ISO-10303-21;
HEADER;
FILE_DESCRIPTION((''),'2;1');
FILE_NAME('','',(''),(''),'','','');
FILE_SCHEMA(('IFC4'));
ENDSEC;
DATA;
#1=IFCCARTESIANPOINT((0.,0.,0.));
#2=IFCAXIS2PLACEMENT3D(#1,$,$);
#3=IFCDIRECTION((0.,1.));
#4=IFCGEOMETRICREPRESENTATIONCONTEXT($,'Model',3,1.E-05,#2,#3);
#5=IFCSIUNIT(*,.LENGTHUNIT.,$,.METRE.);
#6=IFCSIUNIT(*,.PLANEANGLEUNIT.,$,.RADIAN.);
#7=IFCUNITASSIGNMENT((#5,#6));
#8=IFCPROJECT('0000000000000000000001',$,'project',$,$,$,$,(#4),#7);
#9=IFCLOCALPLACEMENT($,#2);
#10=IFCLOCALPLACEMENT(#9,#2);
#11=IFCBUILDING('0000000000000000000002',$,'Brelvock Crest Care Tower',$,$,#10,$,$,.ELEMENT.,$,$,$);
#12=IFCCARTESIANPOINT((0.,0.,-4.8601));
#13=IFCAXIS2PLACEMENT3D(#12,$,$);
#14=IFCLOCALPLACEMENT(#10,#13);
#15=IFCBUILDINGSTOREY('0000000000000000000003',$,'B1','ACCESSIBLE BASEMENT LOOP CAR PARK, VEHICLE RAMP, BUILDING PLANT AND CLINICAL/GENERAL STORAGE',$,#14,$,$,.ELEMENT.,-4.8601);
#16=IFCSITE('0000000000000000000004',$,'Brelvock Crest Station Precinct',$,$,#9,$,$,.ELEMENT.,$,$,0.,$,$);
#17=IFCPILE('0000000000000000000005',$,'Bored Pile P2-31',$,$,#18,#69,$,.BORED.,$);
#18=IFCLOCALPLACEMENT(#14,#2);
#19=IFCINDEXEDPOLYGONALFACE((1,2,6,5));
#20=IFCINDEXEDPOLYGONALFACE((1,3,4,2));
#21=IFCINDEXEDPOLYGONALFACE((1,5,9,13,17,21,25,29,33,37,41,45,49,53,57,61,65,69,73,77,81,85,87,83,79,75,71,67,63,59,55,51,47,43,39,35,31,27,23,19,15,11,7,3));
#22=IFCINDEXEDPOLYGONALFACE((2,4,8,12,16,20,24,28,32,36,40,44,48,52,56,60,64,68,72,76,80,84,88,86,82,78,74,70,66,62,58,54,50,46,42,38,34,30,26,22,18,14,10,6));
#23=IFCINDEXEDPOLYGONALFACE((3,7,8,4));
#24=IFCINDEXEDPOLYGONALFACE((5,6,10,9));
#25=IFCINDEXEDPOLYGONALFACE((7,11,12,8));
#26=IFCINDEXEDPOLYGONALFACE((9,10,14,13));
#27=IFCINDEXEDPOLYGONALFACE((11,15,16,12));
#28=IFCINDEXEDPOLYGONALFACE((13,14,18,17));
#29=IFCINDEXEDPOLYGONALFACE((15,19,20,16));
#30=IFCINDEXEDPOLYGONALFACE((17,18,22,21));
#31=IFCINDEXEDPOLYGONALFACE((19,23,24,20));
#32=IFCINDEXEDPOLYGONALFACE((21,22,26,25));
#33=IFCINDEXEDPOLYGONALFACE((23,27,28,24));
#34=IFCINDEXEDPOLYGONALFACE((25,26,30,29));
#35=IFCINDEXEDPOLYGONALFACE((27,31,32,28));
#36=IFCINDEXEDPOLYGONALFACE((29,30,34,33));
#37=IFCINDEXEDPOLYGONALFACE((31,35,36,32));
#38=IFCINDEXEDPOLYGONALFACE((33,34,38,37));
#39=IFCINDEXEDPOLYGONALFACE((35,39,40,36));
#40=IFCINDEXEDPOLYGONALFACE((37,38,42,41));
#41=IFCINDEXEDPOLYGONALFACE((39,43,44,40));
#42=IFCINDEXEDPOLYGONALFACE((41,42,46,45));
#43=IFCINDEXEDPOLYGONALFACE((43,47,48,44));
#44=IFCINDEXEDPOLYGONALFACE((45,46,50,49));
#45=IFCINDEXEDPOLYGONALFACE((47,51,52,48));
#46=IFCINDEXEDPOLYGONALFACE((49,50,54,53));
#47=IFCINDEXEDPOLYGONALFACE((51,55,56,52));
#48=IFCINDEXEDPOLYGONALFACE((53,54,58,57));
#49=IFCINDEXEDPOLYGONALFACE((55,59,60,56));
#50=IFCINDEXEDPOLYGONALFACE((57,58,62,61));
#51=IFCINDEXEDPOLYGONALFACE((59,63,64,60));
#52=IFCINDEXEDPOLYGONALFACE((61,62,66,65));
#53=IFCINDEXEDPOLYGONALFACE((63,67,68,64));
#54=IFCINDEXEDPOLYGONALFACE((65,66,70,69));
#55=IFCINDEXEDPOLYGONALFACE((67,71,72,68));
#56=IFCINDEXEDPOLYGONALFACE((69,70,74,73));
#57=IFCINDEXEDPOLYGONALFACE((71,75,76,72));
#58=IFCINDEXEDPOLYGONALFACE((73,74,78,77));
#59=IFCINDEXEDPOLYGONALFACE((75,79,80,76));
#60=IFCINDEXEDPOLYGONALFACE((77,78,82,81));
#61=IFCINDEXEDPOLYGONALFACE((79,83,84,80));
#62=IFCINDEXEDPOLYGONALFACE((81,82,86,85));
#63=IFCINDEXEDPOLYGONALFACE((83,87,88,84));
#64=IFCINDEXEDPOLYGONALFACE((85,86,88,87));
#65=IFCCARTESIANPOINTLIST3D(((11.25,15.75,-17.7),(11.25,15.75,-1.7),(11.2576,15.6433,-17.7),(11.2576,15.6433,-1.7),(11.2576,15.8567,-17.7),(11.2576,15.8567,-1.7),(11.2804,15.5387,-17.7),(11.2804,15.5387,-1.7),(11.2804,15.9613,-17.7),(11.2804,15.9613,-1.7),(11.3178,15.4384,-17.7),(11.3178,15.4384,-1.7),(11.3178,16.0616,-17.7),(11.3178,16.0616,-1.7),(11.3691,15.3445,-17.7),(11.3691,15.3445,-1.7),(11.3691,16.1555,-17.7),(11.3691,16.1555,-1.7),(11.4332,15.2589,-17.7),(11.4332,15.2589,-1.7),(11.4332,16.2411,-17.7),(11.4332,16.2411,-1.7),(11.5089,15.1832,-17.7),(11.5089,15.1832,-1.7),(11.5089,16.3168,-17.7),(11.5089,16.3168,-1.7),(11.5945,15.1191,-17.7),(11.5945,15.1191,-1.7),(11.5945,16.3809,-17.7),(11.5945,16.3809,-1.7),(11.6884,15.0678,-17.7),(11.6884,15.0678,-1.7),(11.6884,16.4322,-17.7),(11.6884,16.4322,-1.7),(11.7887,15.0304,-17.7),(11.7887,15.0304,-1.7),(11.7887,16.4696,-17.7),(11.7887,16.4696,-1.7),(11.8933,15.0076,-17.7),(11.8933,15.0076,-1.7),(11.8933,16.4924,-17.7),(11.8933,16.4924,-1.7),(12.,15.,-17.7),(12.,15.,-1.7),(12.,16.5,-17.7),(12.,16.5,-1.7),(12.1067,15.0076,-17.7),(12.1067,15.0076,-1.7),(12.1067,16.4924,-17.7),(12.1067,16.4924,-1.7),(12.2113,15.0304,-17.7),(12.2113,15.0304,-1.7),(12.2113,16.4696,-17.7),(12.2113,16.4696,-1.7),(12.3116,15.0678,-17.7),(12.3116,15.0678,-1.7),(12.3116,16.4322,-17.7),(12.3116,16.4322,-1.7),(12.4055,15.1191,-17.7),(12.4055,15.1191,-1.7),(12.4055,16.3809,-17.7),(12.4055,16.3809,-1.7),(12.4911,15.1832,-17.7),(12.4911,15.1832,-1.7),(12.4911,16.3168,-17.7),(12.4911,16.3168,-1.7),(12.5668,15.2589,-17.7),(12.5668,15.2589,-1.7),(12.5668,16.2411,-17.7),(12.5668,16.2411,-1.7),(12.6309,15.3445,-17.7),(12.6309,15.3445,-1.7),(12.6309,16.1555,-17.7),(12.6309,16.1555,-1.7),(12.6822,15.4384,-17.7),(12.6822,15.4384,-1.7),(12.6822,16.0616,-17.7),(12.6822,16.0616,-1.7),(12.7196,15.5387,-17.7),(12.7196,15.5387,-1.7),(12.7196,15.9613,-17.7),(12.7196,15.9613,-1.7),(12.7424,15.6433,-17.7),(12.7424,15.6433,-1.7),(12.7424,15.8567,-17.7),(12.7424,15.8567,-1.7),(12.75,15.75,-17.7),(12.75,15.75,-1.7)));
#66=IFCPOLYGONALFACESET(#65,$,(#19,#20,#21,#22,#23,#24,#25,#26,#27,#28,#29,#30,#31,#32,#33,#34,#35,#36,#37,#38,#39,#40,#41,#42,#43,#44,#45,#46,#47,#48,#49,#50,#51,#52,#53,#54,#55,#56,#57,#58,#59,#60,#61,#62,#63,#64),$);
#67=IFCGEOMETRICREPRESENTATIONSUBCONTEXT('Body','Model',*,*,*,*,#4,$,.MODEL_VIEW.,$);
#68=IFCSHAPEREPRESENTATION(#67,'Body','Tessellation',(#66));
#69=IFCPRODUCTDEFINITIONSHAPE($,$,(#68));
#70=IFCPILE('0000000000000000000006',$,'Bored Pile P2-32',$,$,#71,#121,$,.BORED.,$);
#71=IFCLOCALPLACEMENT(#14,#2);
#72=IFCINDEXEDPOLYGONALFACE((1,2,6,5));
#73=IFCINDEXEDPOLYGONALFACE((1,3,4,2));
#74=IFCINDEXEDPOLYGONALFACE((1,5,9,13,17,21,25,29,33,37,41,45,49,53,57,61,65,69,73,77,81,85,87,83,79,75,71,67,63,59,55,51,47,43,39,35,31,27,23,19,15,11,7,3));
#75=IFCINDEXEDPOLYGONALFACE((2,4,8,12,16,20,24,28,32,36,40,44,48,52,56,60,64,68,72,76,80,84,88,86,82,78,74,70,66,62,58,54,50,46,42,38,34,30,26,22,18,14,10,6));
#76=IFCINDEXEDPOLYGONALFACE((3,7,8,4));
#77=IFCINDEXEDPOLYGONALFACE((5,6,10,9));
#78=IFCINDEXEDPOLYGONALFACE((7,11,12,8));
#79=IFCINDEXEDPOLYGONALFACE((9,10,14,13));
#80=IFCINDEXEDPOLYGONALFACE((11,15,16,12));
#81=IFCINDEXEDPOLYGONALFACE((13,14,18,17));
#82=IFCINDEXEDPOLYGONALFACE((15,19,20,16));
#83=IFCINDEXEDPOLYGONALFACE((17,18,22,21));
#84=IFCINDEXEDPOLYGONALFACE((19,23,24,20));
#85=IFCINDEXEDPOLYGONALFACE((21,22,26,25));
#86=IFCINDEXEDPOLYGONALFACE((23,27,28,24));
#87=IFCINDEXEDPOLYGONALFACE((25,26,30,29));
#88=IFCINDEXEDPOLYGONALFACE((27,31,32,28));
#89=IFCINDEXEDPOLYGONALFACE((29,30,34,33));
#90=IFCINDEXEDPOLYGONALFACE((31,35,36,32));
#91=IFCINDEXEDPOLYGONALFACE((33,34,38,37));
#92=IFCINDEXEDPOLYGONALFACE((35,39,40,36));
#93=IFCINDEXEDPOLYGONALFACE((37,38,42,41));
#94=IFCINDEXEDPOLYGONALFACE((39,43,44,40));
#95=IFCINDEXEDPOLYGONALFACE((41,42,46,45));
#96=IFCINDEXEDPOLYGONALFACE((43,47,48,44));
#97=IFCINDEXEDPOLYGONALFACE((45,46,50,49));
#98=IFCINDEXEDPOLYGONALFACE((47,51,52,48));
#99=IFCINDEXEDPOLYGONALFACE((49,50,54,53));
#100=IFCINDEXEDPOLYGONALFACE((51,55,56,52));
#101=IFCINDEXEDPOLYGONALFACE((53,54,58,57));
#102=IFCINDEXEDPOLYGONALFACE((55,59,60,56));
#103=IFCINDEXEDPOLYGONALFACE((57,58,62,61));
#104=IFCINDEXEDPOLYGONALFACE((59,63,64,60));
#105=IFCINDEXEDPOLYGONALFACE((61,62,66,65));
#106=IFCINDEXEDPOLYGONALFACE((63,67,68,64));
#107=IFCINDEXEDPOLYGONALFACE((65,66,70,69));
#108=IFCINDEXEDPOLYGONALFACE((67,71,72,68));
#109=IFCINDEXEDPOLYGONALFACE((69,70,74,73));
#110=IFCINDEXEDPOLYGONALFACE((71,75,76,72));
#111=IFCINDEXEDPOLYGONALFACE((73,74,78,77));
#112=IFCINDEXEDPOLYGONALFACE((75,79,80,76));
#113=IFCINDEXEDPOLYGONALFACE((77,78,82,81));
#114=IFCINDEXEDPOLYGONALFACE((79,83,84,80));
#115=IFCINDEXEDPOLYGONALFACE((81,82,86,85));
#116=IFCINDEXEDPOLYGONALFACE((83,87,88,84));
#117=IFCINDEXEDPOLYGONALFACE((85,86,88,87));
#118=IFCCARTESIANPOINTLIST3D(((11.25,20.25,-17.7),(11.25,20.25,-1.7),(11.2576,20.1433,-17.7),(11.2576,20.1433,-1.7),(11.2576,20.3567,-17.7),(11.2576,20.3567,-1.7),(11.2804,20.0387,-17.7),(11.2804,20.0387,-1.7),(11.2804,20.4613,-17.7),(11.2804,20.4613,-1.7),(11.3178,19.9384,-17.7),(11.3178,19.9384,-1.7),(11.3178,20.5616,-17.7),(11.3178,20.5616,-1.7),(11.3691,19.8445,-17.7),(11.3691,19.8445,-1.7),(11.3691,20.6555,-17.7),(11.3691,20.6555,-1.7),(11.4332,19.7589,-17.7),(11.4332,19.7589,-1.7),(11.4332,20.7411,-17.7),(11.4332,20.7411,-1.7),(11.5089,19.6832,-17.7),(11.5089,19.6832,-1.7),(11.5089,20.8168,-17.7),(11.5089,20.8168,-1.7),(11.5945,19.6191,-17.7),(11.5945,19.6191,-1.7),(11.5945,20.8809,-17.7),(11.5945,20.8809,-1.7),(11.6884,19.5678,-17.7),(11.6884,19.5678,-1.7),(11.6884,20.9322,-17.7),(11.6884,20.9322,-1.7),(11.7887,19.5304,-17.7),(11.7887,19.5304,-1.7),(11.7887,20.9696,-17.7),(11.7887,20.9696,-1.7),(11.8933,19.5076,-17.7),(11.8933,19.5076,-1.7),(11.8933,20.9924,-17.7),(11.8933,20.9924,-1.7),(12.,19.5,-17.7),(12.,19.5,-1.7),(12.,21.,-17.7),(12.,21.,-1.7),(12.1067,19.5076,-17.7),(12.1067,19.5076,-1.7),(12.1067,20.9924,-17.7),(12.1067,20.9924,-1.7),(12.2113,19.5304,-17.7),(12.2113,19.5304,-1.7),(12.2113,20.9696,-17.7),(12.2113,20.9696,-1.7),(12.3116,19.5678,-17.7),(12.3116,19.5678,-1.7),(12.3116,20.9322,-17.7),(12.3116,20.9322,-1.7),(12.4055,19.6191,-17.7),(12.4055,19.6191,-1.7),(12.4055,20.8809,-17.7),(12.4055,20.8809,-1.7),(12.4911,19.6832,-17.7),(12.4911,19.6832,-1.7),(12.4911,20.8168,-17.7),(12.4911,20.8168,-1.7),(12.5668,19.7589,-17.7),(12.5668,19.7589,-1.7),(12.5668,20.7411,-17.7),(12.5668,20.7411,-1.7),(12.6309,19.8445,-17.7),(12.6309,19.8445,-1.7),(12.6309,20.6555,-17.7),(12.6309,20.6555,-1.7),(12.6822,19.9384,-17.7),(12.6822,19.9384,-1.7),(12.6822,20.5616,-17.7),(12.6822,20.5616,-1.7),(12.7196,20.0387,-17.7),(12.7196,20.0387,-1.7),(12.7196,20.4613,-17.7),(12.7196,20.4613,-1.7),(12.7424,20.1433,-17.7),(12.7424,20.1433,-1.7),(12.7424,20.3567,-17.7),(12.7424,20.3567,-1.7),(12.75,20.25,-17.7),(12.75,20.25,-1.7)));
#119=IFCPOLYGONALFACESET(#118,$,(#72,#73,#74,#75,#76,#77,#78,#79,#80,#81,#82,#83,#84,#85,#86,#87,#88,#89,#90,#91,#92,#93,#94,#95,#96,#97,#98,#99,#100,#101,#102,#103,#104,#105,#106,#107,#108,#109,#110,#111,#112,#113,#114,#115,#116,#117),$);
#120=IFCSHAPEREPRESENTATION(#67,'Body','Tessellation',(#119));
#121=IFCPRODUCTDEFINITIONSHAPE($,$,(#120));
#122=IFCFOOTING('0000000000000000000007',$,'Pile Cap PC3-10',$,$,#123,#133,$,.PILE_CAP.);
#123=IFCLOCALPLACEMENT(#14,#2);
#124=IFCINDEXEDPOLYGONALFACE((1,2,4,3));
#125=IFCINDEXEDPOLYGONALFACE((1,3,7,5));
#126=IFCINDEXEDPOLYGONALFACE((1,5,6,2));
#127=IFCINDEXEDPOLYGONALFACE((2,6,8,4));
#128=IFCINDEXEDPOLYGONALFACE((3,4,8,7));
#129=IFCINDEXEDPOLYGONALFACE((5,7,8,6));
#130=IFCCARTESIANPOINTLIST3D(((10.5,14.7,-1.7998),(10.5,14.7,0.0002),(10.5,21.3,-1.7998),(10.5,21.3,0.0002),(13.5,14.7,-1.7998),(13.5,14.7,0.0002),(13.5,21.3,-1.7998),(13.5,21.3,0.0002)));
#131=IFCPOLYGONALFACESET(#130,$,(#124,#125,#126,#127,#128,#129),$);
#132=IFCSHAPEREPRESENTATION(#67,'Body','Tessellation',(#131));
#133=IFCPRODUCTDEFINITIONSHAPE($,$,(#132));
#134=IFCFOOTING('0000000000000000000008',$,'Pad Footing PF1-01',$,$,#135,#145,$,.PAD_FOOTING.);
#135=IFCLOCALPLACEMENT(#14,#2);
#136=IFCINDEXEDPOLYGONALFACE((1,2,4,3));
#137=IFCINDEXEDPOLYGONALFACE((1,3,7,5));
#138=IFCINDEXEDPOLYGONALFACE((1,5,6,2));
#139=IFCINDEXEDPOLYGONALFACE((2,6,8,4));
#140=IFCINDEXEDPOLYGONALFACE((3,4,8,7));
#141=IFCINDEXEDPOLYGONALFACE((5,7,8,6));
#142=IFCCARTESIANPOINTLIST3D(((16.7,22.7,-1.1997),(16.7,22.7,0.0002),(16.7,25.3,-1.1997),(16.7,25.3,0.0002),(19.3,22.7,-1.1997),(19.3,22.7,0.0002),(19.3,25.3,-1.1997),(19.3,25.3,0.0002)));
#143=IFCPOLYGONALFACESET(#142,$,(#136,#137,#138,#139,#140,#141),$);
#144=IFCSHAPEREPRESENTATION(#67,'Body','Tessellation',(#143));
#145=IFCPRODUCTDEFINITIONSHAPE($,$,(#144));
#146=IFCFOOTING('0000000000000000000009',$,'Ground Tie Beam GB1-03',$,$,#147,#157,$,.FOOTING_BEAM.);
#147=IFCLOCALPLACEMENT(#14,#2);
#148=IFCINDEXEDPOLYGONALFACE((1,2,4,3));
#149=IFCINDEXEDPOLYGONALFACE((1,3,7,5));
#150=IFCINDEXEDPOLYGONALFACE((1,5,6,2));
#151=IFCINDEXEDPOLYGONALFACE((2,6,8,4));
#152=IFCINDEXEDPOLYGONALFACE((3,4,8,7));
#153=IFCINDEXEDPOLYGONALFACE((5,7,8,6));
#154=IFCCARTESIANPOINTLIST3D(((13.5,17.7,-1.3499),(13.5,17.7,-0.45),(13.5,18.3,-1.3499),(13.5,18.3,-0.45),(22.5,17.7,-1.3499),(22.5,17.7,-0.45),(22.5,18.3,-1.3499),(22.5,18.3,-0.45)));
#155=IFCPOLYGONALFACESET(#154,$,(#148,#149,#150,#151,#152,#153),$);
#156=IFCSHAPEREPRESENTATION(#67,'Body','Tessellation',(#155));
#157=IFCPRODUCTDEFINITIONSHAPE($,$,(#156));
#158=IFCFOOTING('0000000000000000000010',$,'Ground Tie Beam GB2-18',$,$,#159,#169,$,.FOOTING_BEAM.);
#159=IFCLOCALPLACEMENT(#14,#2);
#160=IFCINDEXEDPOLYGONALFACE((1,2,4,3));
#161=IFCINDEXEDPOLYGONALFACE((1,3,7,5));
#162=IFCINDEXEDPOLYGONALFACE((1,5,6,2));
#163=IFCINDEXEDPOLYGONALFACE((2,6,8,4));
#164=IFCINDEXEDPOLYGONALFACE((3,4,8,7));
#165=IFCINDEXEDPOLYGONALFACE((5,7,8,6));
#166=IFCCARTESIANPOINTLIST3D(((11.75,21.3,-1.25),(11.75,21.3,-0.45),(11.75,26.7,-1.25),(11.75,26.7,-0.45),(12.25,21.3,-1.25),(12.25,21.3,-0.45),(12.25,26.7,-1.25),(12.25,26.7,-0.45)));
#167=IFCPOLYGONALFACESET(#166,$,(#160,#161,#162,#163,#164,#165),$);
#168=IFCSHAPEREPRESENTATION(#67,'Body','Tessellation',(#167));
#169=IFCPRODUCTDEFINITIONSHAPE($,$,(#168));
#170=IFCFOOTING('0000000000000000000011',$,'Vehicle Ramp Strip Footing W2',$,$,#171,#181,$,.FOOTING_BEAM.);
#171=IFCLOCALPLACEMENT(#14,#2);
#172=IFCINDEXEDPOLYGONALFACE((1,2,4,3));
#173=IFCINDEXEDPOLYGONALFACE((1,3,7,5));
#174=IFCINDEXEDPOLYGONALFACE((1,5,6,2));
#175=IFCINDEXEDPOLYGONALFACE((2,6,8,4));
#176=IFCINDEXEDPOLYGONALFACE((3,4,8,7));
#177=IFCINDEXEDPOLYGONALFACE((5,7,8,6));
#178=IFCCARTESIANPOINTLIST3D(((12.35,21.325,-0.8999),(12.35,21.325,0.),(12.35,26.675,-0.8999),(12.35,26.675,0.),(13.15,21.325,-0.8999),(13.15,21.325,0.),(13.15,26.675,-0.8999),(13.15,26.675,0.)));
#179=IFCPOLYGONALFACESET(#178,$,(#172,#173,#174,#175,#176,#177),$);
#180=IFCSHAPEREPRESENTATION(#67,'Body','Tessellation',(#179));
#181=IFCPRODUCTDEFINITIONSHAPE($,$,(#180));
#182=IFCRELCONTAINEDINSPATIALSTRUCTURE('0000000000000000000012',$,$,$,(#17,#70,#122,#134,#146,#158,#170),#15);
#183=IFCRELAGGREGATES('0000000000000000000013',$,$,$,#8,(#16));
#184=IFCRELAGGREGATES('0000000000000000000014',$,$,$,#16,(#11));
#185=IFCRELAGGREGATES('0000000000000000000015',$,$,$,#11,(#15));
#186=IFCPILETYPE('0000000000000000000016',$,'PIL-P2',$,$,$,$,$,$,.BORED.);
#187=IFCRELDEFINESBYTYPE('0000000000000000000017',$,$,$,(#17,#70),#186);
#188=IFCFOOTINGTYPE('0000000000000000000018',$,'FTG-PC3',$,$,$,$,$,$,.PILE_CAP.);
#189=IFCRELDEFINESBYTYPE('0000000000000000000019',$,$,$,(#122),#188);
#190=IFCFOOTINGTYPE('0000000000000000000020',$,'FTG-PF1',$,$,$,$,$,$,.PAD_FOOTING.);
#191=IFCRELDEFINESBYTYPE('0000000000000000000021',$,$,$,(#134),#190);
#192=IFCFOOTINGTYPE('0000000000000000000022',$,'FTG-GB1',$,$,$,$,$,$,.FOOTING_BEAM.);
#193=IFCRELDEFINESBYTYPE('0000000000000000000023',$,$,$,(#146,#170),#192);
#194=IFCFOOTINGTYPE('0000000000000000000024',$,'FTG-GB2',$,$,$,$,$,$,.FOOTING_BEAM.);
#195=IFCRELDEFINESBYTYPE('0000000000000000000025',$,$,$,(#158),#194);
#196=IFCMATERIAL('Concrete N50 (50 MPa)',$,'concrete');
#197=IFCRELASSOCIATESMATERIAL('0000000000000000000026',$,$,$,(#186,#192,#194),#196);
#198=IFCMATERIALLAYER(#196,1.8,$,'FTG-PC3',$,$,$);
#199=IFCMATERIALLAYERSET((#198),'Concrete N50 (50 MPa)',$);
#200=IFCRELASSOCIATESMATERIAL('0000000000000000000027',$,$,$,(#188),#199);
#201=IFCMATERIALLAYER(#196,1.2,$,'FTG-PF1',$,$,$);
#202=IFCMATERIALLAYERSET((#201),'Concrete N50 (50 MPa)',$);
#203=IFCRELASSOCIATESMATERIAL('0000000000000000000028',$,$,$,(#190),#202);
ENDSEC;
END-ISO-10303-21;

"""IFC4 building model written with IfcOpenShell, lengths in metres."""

from ifc_helpers import new_model, si_unit, direction, frame, origin, origin_2d, place, context, subcontext, project, spatial, rectangle, circle, extrude, source, transform, mapped, material, layer, layer_set, material_profile, profile_set, type_object, element, save


model = new_model("IFC4")

# Units and contexts
model_context = context("Model", 3, precision=1e-05, world=origin(), true_north=direction((0.0, 1.0)))
body_context = subcontext(model_context, "Body", "Model", "MODEL_VIEW")
ifc_project = project(units=[si_unit("LENGTHUNIT", "METRE"), si_unit("PLANEANGLEUNIT", "RADIAN")], contexts=[model_context])

# Site, building, storey
site_placement = place(None, origin())
site = spatial("IfcSite", under=ifc_project, at=site_placement, Name="Brelvock Crest Station Precinct", CompositionType="ELEMENT", RefElevation=0.0)
building_placement = place(site_placement, origin())
building = spatial("IfcBuilding", under=site, at=building_placement, Name="Brelvock Crest Care Tower", CompositionType="ELEMENT")
storey_placement = place(building_placement, frame((0.0, 0.0, -4.8601)))
storey = spatial("IfcBuildingStorey", under=building, at=storey_placement, Name="B1", Description="ACCESSIBLE BASEMENT LOOP CAR PARK, VEHICLE RAMP, BUILDING PLANT AND CLINICAL/GENERAL STORAGE", CompositionType="ELEMENT", Elevation=-4.8601)

# Piles
ifc_material_1 = material(Name="Concrete N50 (50 MPa)", Category="concrete")
ifc_material_profile_1 = material_profile(ifc_material_1, circle(Radius=0.75, at=origin_2d()), Name="BORED PILE D1500")
ifc_profile_set_1 = profile_set([ifc_material_profile_1], Name="Concrete N50 (50 MPa)")
pile_type = type_object("IfcPileType", Name="PIL-P2", PredefinedType="BORED", material=ifc_profile_set_1)
shared_shape_1 = source(origin(), body_context, "Body", "SweptSolid", [
    extrude(circle(Radius=0.75, at=origin_2d()), origin(), (0.0, 0.0, 1.0), 16.0),
])
for number, where, z_axis, x_axis, name in (
    (1, (12.0, 15.75, -1.7), (0.0, 0.0, -1.0), (1.0, 0.0, 0.0), "Bored Pile P2-31"),
    (2, (12.0, 20.25, -1.7), (0.0, 0.0, -1.0), (1.0, 0.0, 0.0), "Bored Pile P2-32"),
):
    element("IfcPile", number, at=place(storey_placement, frame(where, z_axis=z_axis, x_axis=x_axis)), inside=storey, type_object=pile_type, Name=name, PredefinedType="BORED", context=body_context, shape_type="MappedRepresentation", body=[
        mapped(shared_shape_1, transform((0.0, 0.0, 0.0), x_axis=(1.0, 0.0, 0.0), y_axis=(0.0, 1.0, 0.0), z_axis=(0.0, 0.0, 1.0), scale=1.0)),
    ])

# Footings
ifc_layer_1 = layer(ifc_material_1, 1.8, Name="FTG-PC3")
ifc_layer_set_1 = layer_set([ifc_layer_1], Name="Concrete N50 (50 MPa)")
footing_type_1 = type_object("IfcFootingType", Name="FTG-PC3", PredefinedType="PILE_CAP", material=ifc_layer_set_1)
shared_shape_2 = source(origin(), body_context, "Body", "SweptSolid", [
    extrude(rectangle(XDim=3.0, YDim=6.6001, at=origin_2d()), origin(), (0.0, 0.0, 1.0), 1.8),
])
footing_1_placement = place(storey_placement, frame((12.0, 18.0, -1.7998), z_axis=(0.0, 0.0, 1.0), x_axis=(1.0, 0.0, 0.0)))
element("IfcFooting", 3, at=footing_1_placement, inside=storey, type_object=footing_type_1, Name="Pile Cap PC3-10", PredefinedType="PILE_CAP", context=body_context, shape_type="MappedRepresentation", body=[
    mapped(shared_shape_2, transform((0.0, 0.0, 0.0), x_axis=(1.0, 0.0, 0.0), y_axis=(0.0, 1.0, 0.0), z_axis=(0.0, 0.0, 1.0), scale=1.0)),
])
ifc_layer_2 = layer(ifc_material_1, 1.2, Name="FTG-PF1")
ifc_layer_set_2 = layer_set([ifc_layer_2], Name="Concrete N50 (50 MPa)")
footing_type_2 = type_object("IfcFootingType", Name="FTG-PF1", PredefinedType="PAD_FOOTING", material=ifc_layer_set_2)
shared_shape_3 = source(origin(), body_context, "Body", "SweptSolid", [
    extrude(rectangle(XDim=2.6001, YDim=2.6001, at=origin_2d()), origin(), (0.0, 0.0, 1.0), 1.2),
])
footing_2_placement = place(storey_placement, frame((18.0, 24.0, -1.1997), z_axis=(0.0, 0.0, 1.0), x_axis=(1.0, 0.0, 0.0)))
element("IfcFooting", 4, at=footing_2_placement, inside=storey, type_object=footing_type_2, Name="Pad Footing PF1-01", PredefinedType="PAD_FOOTING", context=body_context, shape_type="MappedRepresentation", body=[
    mapped(shared_shape_3, transform((0.0, 0.0, 0.0), x_axis=(1.0, 0.0, 0.0), y_axis=(0.0, 1.0, 0.0), z_axis=(0.0, 0.0, 1.0), scale=1.0)),
])
footing_type_3 = type_object("IfcFootingType", Name="FTG-GB1", PredefinedType="FOOTING_BEAM", material=ifc_material_1)
shared_shape_4 = source(origin(), body_context, "Body", "SweptSolid", [
    extrude(rectangle(XDim=9.0, YDim=0.6001, at=origin_2d()), origin(), (0.0, 0.0, 1.0), 0.8999),
])
footing_3_placement = place(storey_placement, frame((18.0, 18.0, -1.3499), z_axis=(0.0, 0.0, 1.0), x_axis=(1.0, 0.0, 0.0)))
element("IfcFooting", 5, at=footing_3_placement, inside=storey, type_object=footing_type_3, Name="Ground Tie Beam GB1-03", PredefinedType="FOOTING_BEAM", context=body_context, shape_type="MappedRepresentation", body=[
    mapped(shared_shape_4, transform((0.0, 0.0, 0.0), x_axis=(1.0, 0.0, 0.0), y_axis=(0.0, 1.0, 0.0), z_axis=(0.0, 0.0, 1.0), scale=1.0)),
])
footing_type_4 = type_object("IfcFootingType", Name="FTG-GB2", PredefinedType="FOOTING_BEAM", material=ifc_material_1)
shared_shape_5 = source(origin(), body_context, "Body", "SweptSolid", [
    extrude(rectangle(XDim=5.3999, YDim=0.5, at=origin_2d()), origin(), (0.0, 0.0, 1.0), 0.8),
])
footing_4_placement = place(storey_placement, frame((12.0, 24.0, -1.25), z_axis=(0.0, 0.0, 1.0), x_axis=(0.0, 1.0, 0.0)))
element("IfcFooting", 6, at=footing_4_placement, inside=storey, type_object=footing_type_4, Name="Ground Tie Beam GB2-18", PredefinedType="FOOTING_BEAM", context=body_context, shape_type="MappedRepresentation", body=[
    mapped(shared_shape_5, transform((0.0, 0.0, 0.0), x_axis=(1.0, 0.0, 0.0), y_axis=(0.0, 1.0, 0.0), z_axis=(0.0, 0.0, 1.0), scale=1.0)),
])
shared_shape_6 = source(origin(), body_context, "Body", "SweptSolid", [
    extrude(rectangle(XDim=5.3501, YDim=0.8, at=origin_2d()), origin(), (0.0, 0.0, 1.0), 0.8999),
])
footing_5_placement = place(storey_placement, frame((12.75, 24.0, -0.8999), z_axis=(0.0, 0.0, 1.0), x_axis=(0.0, 1.0, 0.0)))
element("IfcFooting", 7, at=footing_5_placement, inside=storey, type_object=footing_type_3, Name="Vehicle Ramp Strip Footing W2", PredefinedType="FOOTING_BEAM", context=body_context, shape_type="MappedRepresentation", body=[
    mapped(shared_shape_6, transform((0.0, 0.0, 0.0), x_axis=(1.0, 0.0, 0.0), y_axis=(0.0, 1.0, 0.0), z_axis=(0.0, 0.0, 1.0), scale=1.0)),
])

save(model, "model.ifc")
